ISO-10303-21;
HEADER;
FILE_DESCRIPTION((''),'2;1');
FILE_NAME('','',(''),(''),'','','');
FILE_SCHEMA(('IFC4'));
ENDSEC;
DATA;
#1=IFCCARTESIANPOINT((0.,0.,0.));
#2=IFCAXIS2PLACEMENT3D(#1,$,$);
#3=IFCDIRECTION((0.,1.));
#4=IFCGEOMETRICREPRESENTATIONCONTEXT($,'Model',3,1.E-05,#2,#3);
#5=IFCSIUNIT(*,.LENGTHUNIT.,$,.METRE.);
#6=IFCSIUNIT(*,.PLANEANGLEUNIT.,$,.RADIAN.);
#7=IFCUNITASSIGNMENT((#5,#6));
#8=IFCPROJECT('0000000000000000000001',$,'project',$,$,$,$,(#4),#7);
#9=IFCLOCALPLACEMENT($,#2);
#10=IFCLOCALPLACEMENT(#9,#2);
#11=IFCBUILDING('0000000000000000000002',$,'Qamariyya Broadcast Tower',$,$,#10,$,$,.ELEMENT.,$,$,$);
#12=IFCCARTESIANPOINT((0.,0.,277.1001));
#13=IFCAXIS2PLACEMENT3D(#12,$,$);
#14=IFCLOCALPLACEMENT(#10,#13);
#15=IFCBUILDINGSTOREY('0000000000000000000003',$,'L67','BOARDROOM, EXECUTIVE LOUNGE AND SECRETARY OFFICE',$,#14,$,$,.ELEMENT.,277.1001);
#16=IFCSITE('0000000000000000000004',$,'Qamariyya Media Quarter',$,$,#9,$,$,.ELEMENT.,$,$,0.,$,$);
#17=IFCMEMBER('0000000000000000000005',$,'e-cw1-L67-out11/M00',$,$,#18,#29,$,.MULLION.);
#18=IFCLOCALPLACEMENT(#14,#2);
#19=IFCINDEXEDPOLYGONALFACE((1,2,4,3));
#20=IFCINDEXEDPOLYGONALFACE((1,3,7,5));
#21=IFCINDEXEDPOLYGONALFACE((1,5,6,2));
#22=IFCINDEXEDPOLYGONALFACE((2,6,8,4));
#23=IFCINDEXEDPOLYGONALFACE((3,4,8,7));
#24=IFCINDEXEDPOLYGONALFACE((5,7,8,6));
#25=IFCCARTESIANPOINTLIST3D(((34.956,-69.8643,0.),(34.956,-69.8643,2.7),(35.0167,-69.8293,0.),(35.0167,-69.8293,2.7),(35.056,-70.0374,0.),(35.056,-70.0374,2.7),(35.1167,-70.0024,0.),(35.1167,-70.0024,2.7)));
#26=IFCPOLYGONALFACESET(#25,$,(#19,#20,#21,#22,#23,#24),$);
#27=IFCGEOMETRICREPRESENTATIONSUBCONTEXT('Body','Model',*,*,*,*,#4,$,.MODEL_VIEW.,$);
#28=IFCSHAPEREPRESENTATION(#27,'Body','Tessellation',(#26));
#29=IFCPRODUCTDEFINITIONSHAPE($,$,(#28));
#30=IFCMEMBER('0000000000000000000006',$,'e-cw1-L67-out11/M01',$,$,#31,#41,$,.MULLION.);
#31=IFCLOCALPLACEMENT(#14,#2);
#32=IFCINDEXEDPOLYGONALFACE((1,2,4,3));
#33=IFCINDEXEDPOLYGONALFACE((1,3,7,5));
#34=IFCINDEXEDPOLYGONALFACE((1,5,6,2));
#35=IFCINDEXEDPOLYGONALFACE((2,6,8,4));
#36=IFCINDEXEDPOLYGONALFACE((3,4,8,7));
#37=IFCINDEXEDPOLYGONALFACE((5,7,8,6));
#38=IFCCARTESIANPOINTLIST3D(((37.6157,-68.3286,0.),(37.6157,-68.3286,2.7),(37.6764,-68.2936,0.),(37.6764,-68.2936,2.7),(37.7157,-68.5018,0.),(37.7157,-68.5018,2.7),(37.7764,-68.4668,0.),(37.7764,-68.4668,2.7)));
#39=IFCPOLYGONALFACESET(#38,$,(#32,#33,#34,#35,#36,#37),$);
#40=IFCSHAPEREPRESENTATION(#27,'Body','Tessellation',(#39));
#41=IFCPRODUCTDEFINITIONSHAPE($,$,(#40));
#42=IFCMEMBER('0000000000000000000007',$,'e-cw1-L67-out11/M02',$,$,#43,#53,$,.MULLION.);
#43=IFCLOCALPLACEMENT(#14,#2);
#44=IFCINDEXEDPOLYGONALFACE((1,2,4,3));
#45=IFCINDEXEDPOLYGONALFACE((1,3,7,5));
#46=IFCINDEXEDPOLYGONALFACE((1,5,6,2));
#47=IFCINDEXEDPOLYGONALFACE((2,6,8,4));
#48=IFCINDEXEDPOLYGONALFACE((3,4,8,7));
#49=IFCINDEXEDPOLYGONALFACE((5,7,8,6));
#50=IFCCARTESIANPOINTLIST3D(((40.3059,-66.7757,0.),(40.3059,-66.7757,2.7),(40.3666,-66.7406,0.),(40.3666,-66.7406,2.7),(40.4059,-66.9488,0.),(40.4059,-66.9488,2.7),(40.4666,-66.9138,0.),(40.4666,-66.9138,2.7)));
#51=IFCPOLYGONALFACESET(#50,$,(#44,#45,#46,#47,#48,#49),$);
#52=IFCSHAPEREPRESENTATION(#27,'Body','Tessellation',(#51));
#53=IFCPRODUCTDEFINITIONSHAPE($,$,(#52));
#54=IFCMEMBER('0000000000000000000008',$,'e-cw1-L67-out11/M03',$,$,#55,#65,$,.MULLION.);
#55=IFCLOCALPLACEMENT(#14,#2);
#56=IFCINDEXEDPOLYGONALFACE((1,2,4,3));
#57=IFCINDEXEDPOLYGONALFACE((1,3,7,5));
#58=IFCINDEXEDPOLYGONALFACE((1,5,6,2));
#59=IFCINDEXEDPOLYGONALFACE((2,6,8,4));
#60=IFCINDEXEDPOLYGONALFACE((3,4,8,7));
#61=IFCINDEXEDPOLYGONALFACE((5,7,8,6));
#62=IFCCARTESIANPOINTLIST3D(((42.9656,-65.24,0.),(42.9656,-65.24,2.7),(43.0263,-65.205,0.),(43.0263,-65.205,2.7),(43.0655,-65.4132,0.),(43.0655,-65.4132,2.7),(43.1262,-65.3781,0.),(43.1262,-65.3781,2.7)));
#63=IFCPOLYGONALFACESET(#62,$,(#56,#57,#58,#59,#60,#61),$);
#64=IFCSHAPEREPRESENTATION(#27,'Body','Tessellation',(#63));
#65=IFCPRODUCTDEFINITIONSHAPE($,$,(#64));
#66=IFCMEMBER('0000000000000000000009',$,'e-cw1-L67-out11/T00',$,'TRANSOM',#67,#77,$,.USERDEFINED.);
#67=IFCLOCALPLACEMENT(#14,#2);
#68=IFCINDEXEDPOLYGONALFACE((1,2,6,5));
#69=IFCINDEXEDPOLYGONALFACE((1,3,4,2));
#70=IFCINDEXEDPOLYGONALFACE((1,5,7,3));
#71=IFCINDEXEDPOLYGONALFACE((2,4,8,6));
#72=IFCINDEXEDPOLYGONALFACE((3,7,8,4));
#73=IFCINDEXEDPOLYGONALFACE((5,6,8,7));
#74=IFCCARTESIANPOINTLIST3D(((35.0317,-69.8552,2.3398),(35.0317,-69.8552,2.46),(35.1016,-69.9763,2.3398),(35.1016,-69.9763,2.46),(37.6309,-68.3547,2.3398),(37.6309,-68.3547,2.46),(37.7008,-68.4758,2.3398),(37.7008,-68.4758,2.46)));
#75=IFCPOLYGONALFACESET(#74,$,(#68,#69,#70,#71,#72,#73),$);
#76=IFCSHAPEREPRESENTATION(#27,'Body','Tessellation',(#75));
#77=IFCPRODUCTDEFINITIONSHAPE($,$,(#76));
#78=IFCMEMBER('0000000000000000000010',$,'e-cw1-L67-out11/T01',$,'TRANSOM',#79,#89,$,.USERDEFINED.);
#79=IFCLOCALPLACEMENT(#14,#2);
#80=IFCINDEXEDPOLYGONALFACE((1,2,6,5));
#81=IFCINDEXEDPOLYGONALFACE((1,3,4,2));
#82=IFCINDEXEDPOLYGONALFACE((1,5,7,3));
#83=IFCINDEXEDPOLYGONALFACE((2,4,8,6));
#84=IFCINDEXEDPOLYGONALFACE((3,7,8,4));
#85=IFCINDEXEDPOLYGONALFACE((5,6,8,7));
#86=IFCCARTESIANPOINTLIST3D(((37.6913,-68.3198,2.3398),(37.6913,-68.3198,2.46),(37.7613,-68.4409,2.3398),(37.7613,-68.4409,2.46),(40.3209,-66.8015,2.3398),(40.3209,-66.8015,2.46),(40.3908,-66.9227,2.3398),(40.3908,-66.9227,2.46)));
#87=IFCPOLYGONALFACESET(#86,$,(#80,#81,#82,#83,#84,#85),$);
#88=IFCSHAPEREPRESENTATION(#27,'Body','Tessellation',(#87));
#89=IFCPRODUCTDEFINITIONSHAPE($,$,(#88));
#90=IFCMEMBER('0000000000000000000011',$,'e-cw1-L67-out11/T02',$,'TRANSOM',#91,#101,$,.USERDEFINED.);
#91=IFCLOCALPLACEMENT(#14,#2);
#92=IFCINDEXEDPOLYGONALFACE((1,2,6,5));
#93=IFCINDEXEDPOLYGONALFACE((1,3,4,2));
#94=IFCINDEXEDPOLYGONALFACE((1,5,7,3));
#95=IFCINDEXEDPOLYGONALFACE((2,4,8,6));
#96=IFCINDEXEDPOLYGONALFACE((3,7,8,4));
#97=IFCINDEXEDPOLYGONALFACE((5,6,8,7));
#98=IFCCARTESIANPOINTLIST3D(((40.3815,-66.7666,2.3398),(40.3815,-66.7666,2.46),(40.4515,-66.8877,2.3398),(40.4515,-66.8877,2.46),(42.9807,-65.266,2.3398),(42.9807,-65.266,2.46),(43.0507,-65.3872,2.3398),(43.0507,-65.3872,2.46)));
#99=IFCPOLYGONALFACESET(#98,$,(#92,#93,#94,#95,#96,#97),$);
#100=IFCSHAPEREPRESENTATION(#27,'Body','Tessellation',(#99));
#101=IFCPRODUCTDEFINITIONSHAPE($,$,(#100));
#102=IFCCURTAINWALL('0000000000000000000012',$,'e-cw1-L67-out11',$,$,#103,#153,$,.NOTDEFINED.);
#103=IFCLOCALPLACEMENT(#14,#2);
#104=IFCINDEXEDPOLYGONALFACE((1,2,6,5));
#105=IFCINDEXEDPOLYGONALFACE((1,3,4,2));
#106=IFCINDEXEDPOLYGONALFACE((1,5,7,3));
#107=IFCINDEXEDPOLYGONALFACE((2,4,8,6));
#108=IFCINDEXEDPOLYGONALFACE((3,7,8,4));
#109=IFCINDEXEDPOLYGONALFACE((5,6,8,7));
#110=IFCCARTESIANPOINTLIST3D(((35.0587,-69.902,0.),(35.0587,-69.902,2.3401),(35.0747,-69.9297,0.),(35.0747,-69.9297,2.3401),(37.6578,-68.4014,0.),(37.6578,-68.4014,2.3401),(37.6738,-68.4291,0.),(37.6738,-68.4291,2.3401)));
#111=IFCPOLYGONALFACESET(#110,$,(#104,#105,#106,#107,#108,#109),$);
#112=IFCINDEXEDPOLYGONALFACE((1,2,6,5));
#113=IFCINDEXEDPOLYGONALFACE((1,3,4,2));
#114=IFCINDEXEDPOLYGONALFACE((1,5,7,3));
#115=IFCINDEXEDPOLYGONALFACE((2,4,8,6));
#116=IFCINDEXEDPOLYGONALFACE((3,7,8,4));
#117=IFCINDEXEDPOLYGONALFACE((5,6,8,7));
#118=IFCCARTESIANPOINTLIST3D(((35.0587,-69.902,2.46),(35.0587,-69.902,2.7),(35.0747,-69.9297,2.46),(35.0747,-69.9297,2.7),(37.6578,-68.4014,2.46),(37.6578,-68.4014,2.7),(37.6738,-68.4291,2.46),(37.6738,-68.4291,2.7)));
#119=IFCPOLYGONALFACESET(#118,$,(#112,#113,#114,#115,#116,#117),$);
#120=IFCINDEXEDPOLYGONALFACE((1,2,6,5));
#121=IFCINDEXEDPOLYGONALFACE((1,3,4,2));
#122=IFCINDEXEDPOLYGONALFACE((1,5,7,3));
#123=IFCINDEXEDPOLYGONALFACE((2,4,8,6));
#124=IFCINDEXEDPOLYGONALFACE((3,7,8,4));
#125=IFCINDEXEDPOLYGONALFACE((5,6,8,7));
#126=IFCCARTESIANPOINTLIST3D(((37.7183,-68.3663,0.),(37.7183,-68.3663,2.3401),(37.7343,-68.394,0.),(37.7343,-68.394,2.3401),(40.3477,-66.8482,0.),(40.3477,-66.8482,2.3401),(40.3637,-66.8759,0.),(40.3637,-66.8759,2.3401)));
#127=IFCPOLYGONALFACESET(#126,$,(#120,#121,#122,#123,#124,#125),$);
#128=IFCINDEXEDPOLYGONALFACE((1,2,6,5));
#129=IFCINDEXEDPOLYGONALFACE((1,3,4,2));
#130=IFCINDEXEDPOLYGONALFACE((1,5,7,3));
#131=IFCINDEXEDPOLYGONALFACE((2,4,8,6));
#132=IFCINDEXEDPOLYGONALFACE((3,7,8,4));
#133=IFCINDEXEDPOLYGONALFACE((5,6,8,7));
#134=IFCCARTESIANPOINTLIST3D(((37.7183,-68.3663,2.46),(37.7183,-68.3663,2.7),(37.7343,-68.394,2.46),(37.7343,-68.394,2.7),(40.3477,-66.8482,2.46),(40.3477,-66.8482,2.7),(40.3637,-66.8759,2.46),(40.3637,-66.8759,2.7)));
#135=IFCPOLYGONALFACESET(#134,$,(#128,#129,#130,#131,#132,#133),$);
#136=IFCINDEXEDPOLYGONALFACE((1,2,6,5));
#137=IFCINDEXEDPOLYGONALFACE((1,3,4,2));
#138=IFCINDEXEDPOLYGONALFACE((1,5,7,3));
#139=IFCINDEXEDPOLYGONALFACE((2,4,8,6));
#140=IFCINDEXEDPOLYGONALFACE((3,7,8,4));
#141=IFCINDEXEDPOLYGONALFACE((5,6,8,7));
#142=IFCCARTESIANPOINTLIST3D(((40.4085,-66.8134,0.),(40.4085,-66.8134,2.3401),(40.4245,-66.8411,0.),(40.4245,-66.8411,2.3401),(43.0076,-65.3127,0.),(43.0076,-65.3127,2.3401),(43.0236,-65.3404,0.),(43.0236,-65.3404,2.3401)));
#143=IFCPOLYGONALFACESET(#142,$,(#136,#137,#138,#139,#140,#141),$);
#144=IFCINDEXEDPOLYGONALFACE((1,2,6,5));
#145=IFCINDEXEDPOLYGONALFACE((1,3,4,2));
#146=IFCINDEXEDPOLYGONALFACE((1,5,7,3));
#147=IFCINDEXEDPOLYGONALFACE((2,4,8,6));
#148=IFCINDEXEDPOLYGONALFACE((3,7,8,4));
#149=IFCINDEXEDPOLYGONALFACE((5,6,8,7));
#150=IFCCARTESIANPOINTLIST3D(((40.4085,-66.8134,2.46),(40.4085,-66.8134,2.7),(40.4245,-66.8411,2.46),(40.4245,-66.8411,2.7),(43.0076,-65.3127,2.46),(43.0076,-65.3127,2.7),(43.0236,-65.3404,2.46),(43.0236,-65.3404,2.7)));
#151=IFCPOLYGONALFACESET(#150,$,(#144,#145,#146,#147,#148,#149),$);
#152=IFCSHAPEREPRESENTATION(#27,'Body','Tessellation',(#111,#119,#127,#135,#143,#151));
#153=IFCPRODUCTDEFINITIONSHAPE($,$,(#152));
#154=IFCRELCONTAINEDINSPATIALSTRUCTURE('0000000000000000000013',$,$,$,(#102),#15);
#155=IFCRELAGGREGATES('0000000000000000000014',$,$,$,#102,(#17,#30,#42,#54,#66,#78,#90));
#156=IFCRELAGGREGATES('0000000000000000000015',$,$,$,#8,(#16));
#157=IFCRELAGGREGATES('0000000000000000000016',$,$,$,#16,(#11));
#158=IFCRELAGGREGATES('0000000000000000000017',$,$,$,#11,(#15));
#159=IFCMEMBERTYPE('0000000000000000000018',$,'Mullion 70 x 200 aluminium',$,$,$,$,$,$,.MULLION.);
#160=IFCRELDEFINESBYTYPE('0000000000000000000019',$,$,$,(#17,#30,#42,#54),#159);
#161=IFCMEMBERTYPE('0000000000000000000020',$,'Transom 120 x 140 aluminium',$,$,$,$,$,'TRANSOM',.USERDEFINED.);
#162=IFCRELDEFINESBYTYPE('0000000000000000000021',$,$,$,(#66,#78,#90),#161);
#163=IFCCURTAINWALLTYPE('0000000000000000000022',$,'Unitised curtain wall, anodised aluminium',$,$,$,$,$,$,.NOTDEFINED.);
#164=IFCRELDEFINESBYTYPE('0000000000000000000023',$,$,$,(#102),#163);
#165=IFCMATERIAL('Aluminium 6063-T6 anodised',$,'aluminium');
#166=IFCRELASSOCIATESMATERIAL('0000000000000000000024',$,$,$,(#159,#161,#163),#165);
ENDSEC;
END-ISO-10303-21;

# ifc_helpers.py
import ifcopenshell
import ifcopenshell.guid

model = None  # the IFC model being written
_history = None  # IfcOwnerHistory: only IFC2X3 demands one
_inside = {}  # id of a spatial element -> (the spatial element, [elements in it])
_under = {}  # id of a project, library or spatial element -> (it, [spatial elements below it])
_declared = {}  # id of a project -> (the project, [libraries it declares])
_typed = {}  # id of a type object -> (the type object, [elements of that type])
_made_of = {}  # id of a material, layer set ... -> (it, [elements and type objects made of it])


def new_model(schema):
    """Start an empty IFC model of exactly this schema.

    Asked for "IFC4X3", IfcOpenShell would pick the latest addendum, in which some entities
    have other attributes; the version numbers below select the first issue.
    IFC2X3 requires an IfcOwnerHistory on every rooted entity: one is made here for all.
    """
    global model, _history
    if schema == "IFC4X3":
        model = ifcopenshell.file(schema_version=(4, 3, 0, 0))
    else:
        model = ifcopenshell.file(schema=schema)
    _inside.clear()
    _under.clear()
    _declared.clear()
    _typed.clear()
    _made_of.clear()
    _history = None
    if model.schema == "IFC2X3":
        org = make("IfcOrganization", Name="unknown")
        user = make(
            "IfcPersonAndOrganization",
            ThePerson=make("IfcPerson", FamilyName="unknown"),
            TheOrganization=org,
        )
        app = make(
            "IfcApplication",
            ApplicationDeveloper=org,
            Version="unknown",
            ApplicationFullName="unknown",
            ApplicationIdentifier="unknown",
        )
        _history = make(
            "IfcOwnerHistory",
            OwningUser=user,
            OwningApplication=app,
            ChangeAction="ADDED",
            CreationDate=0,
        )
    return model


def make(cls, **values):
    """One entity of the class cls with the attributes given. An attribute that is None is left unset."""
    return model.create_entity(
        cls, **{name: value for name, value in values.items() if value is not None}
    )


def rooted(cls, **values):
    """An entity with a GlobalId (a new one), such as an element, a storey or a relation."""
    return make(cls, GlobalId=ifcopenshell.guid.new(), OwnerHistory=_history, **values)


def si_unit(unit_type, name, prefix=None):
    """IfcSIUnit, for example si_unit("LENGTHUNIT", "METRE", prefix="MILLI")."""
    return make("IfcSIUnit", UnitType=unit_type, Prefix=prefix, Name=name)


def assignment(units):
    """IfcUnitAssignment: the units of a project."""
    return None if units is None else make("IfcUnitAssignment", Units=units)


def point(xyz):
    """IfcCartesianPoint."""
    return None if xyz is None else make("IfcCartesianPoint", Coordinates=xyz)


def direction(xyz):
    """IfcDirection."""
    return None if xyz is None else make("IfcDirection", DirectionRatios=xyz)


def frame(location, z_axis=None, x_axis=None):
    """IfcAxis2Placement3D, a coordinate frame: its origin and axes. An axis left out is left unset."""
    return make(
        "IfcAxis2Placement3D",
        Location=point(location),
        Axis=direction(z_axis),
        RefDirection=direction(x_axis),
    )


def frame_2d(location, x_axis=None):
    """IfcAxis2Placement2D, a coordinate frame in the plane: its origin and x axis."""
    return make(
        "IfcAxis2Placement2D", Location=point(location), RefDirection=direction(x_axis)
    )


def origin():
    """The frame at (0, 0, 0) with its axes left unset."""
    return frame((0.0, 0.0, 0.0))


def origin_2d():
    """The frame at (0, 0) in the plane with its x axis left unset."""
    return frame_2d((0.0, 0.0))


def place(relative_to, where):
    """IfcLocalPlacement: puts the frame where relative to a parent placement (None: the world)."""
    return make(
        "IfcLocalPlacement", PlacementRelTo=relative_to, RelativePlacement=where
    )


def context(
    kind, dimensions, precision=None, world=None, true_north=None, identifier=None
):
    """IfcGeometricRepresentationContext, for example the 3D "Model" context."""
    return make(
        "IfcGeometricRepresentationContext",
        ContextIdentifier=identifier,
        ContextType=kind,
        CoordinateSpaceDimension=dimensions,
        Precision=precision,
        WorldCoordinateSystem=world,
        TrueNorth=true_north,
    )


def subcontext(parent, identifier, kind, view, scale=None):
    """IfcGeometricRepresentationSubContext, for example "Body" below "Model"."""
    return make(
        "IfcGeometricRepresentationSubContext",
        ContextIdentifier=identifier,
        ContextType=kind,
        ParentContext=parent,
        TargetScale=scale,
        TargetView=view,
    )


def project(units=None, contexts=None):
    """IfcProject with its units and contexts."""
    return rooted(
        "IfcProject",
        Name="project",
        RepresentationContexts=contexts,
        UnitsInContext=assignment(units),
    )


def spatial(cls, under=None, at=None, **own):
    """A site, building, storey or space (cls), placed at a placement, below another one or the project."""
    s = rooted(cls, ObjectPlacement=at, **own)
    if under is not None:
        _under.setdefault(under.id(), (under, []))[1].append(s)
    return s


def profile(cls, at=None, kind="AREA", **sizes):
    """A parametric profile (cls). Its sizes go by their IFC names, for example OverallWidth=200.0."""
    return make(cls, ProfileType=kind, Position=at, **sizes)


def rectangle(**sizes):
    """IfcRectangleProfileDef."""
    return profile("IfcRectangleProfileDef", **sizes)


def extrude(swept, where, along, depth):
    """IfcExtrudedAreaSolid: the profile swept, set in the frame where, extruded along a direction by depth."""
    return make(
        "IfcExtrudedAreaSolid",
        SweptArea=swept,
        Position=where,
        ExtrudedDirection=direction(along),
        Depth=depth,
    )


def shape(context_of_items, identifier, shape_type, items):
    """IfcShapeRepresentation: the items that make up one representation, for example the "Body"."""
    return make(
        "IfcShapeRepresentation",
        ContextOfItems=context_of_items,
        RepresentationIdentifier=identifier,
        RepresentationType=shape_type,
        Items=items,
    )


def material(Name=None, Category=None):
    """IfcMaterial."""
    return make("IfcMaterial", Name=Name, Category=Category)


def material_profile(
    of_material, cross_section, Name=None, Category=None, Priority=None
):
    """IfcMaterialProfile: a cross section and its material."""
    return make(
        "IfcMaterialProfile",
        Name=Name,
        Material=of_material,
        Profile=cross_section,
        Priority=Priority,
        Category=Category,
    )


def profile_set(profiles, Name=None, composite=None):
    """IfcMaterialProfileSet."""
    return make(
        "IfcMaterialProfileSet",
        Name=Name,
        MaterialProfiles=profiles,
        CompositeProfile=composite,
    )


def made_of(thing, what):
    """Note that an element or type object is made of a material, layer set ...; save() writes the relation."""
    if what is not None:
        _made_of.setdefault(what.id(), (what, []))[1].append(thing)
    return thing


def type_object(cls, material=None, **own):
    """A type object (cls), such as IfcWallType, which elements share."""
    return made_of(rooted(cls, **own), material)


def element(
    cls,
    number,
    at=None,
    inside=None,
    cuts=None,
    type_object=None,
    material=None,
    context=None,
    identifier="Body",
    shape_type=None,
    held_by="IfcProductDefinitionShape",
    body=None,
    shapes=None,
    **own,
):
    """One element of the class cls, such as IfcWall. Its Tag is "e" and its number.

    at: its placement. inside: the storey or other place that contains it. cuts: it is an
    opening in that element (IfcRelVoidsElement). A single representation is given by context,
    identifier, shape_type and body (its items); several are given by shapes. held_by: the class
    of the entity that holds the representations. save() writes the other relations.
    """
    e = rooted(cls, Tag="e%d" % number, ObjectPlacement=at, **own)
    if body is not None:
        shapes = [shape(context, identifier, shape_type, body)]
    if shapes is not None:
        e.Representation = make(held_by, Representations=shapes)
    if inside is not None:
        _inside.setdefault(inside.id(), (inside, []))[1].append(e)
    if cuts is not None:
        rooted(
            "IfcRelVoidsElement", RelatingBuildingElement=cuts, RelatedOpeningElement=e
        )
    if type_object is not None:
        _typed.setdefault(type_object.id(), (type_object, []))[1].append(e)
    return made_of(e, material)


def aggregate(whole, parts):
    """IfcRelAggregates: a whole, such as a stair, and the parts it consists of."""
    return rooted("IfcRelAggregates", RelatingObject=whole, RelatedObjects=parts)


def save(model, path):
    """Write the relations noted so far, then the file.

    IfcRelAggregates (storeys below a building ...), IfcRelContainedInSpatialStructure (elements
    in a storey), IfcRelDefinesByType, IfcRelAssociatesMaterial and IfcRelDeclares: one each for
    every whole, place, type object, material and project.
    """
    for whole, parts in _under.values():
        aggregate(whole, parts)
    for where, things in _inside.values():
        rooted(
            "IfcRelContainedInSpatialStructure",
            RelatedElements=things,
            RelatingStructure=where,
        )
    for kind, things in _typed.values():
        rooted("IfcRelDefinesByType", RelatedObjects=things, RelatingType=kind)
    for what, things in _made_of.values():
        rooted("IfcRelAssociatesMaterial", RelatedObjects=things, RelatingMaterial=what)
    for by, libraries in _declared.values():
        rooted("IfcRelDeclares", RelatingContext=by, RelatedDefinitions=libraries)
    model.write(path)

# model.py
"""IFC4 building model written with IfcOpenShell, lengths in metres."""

from ifc_helpers import new_model, si_unit, direction, frame, origin, origin_2d, place, context, subcontext, project, spatial, rectangle, extrude, material, material_profile, profile_set, type_object, element, aggregate, save


model = new_model("IFC4")

# Units and contexts
model_context = context("Model", 3, precision=1e-05, world=origin(), true_north=direction((0.0, 1.0)))
body_context = subcontext(model_context, "Body", "Model", "MODEL_VIEW")
ifc_project = project(units=[si_unit("LENGTHUNIT", "METRE"), si_unit("PLANEANGLEUNIT", "RADIAN")], contexts=[model_context])

# Members
ifc_material = material(Name="Aluminium 6063-T6 anodised", Category="aluminium")
ifc_material_profile_1 = material_profile(ifc_material, rectangle(XDim=0.2, YDim=0.0701, at=origin_2d()))
ifc_profile_set_1 = profile_set([ifc_material_profile_1], Name="Aluminium 6063-T6 anodised")
member_type_1 = type_object("IfcMemberType", Name="Mullion 70 x 200 aluminium", PredefinedType="MULLION", material=ifc_profile_set_1)
site_placement = place(None, origin())
building_placement = place(site_placement, origin())
storey_placement = place(building_placement, frame((0.0, 0.0, 277.1001)))
member_1_placement = place(storey_placement, frame((35.0364, -69.9333, 0.0), z_axis=(0.0, 0.0, 1.0), x_axis=(-0.5, 0.866025, 0.0)))
member_1 = element("IfcMember", 1, at=member_1_placement, type_object=member_type_1, Name="e-cw1-L67-out11/M00", PredefinedType="MULLION", context=body_context, shape_type="SweptSolid", body=[
    extrude(rectangle(XDim=0.2, YDim=0.0701, at=origin_2d()), origin(), (0.0, 0.0, 1.0), 2.7),
])
member_2_placement = place(storey_placement, frame((37.696, -68.3977, 0.0), z_axis=(0.0, 0.0, 1.0), x_axis=(-0.5, 0.866025, 0.0)))
member_2 = element("IfcMember", 2, at=member_2_placement, type_object=member_type_1, Name="e-cw1-L67-out11/M01", PredefinedType="MULLION", context=body_context, shape_type="SweptSolid", body=[
    extrude(rectangle(XDim=0.2, YDim=0.0701, at=origin_2d()), origin(), (0.0, 0.0, 1.0), 2.7),
])
member_3_placement = place(storey_placement, frame((40.3862, -66.8447, 0.0), z_axis=(0.0, 0.0, 1.0), x_axis=(-0.5, 0.866025, 0.0)))
member_3 = element("IfcMember", 3, at=member_3_placement, type_object=member_type_1, Name="e-cw1-L67-out11/M02", PredefinedType="MULLION", context=body_context, shape_type="SweptSolid", body=[
    extrude(rectangle(XDim=0.2, YDim=0.0701, at=origin_2d()), origin(), (0.0, 0.0, 1.0), 2.7),
])
member_4_placement = place(storey_placement, frame((43.0459, -65.3091, 0.0), z_axis=(0.0, 0.0, 1.0), x_axis=(-0.5, 0.866025, 0.0)))
member_4 = element("IfcMember", 4, at=member_4_placement, type_object=member_type_1, Name="e-cw1-L67-out11/M03", PredefinedType="MULLION", context=body_context, shape_type="SweptSolid", body=[
    extrude(rectangle(XDim=0.2, YDim=0.0701, at=origin_2d()), origin(), (0.0, 0.0, 1.0), 2.7),
])
ifc_material_profile_2 = material_profile(ifc_material, rectangle(XDim=0.1399, YDim=0.1201, at=origin_2d()))
ifc_profile_set_2 = profile_set([ifc_material_profile_2], Name="Aluminium 6063-T6 anodised")
member_type_2 = type_object("IfcMemberType", Name="Transom 120 x 140 aluminium", ElementType="TRANSOM", PredefinedType="USERDEFINED", material=ifc_profile_set_2)
member_5_placement = place(storey_placement, frame((35.0667, -69.9158, 2.3999), z_axis=(0.866042, 0.499971, 0.0), x_axis=(-0.499971, 0.866042, 0.0)))
member_5 = element("IfcMember", 5, at=member_5_placement, type_object=member_type_2, Name="e-cw1-L67-out11/T00", ObjectType="TRANSOM", PredefinedType="USERDEFINED", context=body_context, shape_type="SweptSolid", body=[
    extrude(rectangle(XDim=0.1399, YDim=0.1201, at=origin_2d()), origin(), (0.0, 0.0, 1.0), 3.0012),
])
member_6_placement = place(storey_placement, frame((37.7263, -68.3804, 2.3999), z_axis=(0.866013, 0.500022, 0.0), x_axis=(-0.500022, 0.866013, 0.0)))
member_6 = element("IfcMember", 6, at=member_6_placement, type_object=member_type_2, Name="e-cw1-L67-out11/T01", ObjectType="TRANSOM", PredefinedType="USERDEFINED", context=body_context, shape_type="SweptSolid", body=[
    extrude(rectangle(XDim=0.1399, YDim=0.1201, at=origin_2d()), origin(), (0.0, 0.0, 1.0), 3.0364),
])
member_7_placement = place(storey_placement, frame((40.4165, -66.8271, 2.3999), z_axis=(0.866042, 0.499971, 0.0), x_axis=(-0.499971, 0.866042, 0.0)))
member_7 = element("IfcMember", 7, at=member_7_placement, type_object=member_type_2, Name="e-cw1-L67-out11/T02", ObjectType="TRANSOM", PredefinedType="USERDEFINED", context=body_context, shape_type="SweptSolid", body=[
    extrude(rectangle(XDim=0.1399, YDim=0.1201, at=origin_2d()), origin(), (0.0, 0.0, 1.0), 3.0012),
])

# Site, building, storey
site = spatial("IfcSite", under=ifc_project, at=site_placement, Name="Qamariyya Media Quarter", CompositionType="ELEMENT", RefElevation=0.0)
building = spatial("IfcBuilding", under=site, at=building_placement, Name="Qamariyya Broadcast Tower", CompositionType="ELEMENT")
storey = spatial("IfcBuildingStorey", under=building, at=storey_placement, Name="L67", Description="BOARDROOM, EXECUTIVE LOUNGE AND SECRETARY OFFICE", CompositionType="ELEMENT", Elevation=277.1001)

# Curtain wall
curtain_wall_type = type_object("IfcCurtainWallType", Name="Unitised curtain wall, anodised aluminium", PredefinedType="NOTDEFINED", material=ifc_material)
curtain_wall_1_placement = place(storey_placement, origin())
curtain_wall_1 = element("IfcCurtainWall", 8, at=curtain_wall_1_placement, inside=storey, type_object=curtain_wall_type, Name="e-cw1-L67-out11", PredefinedType="NOTDEFINED", context=body_context, shape_type="SweptSolid", body=[
    extrude(rectangle(XDim=3.0012, YDim=0.032, at=origin_2d()), frame((36.3662, -69.1655, 0.0), x_axis=(0.866018, 0.500013, 0.0)), (0.0, 0.0, 1.0), 2.3401),
    extrude(rectangle(XDim=3.0012, YDim=0.032, at=origin_2d()), frame((36.3662, -69.1655, 2.46), x_axis=(0.866018, 0.500013, 0.0)), (0.0, 0.0, 1.0), 0.24),
    extrude(rectangle(XDim=3.0361, YDim=0.032, at=origin_2d()), frame((39.041, -67.6211, 0.0), x_axis=(0.866018, 0.500013, 0.0)), (0.0, 0.0, 1.0), 2.3401),
    extrude(rectangle(XDim=3.0361, YDim=0.032, at=origin_2d()), frame((39.041, -67.6211, 2.46), x_axis=(0.866018, 0.500013, 0.0)), (0.0, 0.0, 1.0), 0.24),
    extrude(rectangle(XDim=3.0012, YDim=0.032, at=origin_2d()), frame((41.7161, -66.0769, 0.0), x_axis=(0.866018, 0.500013, 0.0)), (0.0, 0.0, 1.0), 2.3401),
    extrude(rectangle(XDim=3.0012, YDim=0.032, at=origin_2d()), frame((41.7161, -66.0769, 2.46), x_axis=(0.866018, 0.500013, 0.0)), (0.0, 0.0, 1.0), 0.24),
])
aggregate(curtain_wall_1, [member_1, member_2, member_3, member_4, member_5, member_6, member_7])

save(model, "model.ifc")
